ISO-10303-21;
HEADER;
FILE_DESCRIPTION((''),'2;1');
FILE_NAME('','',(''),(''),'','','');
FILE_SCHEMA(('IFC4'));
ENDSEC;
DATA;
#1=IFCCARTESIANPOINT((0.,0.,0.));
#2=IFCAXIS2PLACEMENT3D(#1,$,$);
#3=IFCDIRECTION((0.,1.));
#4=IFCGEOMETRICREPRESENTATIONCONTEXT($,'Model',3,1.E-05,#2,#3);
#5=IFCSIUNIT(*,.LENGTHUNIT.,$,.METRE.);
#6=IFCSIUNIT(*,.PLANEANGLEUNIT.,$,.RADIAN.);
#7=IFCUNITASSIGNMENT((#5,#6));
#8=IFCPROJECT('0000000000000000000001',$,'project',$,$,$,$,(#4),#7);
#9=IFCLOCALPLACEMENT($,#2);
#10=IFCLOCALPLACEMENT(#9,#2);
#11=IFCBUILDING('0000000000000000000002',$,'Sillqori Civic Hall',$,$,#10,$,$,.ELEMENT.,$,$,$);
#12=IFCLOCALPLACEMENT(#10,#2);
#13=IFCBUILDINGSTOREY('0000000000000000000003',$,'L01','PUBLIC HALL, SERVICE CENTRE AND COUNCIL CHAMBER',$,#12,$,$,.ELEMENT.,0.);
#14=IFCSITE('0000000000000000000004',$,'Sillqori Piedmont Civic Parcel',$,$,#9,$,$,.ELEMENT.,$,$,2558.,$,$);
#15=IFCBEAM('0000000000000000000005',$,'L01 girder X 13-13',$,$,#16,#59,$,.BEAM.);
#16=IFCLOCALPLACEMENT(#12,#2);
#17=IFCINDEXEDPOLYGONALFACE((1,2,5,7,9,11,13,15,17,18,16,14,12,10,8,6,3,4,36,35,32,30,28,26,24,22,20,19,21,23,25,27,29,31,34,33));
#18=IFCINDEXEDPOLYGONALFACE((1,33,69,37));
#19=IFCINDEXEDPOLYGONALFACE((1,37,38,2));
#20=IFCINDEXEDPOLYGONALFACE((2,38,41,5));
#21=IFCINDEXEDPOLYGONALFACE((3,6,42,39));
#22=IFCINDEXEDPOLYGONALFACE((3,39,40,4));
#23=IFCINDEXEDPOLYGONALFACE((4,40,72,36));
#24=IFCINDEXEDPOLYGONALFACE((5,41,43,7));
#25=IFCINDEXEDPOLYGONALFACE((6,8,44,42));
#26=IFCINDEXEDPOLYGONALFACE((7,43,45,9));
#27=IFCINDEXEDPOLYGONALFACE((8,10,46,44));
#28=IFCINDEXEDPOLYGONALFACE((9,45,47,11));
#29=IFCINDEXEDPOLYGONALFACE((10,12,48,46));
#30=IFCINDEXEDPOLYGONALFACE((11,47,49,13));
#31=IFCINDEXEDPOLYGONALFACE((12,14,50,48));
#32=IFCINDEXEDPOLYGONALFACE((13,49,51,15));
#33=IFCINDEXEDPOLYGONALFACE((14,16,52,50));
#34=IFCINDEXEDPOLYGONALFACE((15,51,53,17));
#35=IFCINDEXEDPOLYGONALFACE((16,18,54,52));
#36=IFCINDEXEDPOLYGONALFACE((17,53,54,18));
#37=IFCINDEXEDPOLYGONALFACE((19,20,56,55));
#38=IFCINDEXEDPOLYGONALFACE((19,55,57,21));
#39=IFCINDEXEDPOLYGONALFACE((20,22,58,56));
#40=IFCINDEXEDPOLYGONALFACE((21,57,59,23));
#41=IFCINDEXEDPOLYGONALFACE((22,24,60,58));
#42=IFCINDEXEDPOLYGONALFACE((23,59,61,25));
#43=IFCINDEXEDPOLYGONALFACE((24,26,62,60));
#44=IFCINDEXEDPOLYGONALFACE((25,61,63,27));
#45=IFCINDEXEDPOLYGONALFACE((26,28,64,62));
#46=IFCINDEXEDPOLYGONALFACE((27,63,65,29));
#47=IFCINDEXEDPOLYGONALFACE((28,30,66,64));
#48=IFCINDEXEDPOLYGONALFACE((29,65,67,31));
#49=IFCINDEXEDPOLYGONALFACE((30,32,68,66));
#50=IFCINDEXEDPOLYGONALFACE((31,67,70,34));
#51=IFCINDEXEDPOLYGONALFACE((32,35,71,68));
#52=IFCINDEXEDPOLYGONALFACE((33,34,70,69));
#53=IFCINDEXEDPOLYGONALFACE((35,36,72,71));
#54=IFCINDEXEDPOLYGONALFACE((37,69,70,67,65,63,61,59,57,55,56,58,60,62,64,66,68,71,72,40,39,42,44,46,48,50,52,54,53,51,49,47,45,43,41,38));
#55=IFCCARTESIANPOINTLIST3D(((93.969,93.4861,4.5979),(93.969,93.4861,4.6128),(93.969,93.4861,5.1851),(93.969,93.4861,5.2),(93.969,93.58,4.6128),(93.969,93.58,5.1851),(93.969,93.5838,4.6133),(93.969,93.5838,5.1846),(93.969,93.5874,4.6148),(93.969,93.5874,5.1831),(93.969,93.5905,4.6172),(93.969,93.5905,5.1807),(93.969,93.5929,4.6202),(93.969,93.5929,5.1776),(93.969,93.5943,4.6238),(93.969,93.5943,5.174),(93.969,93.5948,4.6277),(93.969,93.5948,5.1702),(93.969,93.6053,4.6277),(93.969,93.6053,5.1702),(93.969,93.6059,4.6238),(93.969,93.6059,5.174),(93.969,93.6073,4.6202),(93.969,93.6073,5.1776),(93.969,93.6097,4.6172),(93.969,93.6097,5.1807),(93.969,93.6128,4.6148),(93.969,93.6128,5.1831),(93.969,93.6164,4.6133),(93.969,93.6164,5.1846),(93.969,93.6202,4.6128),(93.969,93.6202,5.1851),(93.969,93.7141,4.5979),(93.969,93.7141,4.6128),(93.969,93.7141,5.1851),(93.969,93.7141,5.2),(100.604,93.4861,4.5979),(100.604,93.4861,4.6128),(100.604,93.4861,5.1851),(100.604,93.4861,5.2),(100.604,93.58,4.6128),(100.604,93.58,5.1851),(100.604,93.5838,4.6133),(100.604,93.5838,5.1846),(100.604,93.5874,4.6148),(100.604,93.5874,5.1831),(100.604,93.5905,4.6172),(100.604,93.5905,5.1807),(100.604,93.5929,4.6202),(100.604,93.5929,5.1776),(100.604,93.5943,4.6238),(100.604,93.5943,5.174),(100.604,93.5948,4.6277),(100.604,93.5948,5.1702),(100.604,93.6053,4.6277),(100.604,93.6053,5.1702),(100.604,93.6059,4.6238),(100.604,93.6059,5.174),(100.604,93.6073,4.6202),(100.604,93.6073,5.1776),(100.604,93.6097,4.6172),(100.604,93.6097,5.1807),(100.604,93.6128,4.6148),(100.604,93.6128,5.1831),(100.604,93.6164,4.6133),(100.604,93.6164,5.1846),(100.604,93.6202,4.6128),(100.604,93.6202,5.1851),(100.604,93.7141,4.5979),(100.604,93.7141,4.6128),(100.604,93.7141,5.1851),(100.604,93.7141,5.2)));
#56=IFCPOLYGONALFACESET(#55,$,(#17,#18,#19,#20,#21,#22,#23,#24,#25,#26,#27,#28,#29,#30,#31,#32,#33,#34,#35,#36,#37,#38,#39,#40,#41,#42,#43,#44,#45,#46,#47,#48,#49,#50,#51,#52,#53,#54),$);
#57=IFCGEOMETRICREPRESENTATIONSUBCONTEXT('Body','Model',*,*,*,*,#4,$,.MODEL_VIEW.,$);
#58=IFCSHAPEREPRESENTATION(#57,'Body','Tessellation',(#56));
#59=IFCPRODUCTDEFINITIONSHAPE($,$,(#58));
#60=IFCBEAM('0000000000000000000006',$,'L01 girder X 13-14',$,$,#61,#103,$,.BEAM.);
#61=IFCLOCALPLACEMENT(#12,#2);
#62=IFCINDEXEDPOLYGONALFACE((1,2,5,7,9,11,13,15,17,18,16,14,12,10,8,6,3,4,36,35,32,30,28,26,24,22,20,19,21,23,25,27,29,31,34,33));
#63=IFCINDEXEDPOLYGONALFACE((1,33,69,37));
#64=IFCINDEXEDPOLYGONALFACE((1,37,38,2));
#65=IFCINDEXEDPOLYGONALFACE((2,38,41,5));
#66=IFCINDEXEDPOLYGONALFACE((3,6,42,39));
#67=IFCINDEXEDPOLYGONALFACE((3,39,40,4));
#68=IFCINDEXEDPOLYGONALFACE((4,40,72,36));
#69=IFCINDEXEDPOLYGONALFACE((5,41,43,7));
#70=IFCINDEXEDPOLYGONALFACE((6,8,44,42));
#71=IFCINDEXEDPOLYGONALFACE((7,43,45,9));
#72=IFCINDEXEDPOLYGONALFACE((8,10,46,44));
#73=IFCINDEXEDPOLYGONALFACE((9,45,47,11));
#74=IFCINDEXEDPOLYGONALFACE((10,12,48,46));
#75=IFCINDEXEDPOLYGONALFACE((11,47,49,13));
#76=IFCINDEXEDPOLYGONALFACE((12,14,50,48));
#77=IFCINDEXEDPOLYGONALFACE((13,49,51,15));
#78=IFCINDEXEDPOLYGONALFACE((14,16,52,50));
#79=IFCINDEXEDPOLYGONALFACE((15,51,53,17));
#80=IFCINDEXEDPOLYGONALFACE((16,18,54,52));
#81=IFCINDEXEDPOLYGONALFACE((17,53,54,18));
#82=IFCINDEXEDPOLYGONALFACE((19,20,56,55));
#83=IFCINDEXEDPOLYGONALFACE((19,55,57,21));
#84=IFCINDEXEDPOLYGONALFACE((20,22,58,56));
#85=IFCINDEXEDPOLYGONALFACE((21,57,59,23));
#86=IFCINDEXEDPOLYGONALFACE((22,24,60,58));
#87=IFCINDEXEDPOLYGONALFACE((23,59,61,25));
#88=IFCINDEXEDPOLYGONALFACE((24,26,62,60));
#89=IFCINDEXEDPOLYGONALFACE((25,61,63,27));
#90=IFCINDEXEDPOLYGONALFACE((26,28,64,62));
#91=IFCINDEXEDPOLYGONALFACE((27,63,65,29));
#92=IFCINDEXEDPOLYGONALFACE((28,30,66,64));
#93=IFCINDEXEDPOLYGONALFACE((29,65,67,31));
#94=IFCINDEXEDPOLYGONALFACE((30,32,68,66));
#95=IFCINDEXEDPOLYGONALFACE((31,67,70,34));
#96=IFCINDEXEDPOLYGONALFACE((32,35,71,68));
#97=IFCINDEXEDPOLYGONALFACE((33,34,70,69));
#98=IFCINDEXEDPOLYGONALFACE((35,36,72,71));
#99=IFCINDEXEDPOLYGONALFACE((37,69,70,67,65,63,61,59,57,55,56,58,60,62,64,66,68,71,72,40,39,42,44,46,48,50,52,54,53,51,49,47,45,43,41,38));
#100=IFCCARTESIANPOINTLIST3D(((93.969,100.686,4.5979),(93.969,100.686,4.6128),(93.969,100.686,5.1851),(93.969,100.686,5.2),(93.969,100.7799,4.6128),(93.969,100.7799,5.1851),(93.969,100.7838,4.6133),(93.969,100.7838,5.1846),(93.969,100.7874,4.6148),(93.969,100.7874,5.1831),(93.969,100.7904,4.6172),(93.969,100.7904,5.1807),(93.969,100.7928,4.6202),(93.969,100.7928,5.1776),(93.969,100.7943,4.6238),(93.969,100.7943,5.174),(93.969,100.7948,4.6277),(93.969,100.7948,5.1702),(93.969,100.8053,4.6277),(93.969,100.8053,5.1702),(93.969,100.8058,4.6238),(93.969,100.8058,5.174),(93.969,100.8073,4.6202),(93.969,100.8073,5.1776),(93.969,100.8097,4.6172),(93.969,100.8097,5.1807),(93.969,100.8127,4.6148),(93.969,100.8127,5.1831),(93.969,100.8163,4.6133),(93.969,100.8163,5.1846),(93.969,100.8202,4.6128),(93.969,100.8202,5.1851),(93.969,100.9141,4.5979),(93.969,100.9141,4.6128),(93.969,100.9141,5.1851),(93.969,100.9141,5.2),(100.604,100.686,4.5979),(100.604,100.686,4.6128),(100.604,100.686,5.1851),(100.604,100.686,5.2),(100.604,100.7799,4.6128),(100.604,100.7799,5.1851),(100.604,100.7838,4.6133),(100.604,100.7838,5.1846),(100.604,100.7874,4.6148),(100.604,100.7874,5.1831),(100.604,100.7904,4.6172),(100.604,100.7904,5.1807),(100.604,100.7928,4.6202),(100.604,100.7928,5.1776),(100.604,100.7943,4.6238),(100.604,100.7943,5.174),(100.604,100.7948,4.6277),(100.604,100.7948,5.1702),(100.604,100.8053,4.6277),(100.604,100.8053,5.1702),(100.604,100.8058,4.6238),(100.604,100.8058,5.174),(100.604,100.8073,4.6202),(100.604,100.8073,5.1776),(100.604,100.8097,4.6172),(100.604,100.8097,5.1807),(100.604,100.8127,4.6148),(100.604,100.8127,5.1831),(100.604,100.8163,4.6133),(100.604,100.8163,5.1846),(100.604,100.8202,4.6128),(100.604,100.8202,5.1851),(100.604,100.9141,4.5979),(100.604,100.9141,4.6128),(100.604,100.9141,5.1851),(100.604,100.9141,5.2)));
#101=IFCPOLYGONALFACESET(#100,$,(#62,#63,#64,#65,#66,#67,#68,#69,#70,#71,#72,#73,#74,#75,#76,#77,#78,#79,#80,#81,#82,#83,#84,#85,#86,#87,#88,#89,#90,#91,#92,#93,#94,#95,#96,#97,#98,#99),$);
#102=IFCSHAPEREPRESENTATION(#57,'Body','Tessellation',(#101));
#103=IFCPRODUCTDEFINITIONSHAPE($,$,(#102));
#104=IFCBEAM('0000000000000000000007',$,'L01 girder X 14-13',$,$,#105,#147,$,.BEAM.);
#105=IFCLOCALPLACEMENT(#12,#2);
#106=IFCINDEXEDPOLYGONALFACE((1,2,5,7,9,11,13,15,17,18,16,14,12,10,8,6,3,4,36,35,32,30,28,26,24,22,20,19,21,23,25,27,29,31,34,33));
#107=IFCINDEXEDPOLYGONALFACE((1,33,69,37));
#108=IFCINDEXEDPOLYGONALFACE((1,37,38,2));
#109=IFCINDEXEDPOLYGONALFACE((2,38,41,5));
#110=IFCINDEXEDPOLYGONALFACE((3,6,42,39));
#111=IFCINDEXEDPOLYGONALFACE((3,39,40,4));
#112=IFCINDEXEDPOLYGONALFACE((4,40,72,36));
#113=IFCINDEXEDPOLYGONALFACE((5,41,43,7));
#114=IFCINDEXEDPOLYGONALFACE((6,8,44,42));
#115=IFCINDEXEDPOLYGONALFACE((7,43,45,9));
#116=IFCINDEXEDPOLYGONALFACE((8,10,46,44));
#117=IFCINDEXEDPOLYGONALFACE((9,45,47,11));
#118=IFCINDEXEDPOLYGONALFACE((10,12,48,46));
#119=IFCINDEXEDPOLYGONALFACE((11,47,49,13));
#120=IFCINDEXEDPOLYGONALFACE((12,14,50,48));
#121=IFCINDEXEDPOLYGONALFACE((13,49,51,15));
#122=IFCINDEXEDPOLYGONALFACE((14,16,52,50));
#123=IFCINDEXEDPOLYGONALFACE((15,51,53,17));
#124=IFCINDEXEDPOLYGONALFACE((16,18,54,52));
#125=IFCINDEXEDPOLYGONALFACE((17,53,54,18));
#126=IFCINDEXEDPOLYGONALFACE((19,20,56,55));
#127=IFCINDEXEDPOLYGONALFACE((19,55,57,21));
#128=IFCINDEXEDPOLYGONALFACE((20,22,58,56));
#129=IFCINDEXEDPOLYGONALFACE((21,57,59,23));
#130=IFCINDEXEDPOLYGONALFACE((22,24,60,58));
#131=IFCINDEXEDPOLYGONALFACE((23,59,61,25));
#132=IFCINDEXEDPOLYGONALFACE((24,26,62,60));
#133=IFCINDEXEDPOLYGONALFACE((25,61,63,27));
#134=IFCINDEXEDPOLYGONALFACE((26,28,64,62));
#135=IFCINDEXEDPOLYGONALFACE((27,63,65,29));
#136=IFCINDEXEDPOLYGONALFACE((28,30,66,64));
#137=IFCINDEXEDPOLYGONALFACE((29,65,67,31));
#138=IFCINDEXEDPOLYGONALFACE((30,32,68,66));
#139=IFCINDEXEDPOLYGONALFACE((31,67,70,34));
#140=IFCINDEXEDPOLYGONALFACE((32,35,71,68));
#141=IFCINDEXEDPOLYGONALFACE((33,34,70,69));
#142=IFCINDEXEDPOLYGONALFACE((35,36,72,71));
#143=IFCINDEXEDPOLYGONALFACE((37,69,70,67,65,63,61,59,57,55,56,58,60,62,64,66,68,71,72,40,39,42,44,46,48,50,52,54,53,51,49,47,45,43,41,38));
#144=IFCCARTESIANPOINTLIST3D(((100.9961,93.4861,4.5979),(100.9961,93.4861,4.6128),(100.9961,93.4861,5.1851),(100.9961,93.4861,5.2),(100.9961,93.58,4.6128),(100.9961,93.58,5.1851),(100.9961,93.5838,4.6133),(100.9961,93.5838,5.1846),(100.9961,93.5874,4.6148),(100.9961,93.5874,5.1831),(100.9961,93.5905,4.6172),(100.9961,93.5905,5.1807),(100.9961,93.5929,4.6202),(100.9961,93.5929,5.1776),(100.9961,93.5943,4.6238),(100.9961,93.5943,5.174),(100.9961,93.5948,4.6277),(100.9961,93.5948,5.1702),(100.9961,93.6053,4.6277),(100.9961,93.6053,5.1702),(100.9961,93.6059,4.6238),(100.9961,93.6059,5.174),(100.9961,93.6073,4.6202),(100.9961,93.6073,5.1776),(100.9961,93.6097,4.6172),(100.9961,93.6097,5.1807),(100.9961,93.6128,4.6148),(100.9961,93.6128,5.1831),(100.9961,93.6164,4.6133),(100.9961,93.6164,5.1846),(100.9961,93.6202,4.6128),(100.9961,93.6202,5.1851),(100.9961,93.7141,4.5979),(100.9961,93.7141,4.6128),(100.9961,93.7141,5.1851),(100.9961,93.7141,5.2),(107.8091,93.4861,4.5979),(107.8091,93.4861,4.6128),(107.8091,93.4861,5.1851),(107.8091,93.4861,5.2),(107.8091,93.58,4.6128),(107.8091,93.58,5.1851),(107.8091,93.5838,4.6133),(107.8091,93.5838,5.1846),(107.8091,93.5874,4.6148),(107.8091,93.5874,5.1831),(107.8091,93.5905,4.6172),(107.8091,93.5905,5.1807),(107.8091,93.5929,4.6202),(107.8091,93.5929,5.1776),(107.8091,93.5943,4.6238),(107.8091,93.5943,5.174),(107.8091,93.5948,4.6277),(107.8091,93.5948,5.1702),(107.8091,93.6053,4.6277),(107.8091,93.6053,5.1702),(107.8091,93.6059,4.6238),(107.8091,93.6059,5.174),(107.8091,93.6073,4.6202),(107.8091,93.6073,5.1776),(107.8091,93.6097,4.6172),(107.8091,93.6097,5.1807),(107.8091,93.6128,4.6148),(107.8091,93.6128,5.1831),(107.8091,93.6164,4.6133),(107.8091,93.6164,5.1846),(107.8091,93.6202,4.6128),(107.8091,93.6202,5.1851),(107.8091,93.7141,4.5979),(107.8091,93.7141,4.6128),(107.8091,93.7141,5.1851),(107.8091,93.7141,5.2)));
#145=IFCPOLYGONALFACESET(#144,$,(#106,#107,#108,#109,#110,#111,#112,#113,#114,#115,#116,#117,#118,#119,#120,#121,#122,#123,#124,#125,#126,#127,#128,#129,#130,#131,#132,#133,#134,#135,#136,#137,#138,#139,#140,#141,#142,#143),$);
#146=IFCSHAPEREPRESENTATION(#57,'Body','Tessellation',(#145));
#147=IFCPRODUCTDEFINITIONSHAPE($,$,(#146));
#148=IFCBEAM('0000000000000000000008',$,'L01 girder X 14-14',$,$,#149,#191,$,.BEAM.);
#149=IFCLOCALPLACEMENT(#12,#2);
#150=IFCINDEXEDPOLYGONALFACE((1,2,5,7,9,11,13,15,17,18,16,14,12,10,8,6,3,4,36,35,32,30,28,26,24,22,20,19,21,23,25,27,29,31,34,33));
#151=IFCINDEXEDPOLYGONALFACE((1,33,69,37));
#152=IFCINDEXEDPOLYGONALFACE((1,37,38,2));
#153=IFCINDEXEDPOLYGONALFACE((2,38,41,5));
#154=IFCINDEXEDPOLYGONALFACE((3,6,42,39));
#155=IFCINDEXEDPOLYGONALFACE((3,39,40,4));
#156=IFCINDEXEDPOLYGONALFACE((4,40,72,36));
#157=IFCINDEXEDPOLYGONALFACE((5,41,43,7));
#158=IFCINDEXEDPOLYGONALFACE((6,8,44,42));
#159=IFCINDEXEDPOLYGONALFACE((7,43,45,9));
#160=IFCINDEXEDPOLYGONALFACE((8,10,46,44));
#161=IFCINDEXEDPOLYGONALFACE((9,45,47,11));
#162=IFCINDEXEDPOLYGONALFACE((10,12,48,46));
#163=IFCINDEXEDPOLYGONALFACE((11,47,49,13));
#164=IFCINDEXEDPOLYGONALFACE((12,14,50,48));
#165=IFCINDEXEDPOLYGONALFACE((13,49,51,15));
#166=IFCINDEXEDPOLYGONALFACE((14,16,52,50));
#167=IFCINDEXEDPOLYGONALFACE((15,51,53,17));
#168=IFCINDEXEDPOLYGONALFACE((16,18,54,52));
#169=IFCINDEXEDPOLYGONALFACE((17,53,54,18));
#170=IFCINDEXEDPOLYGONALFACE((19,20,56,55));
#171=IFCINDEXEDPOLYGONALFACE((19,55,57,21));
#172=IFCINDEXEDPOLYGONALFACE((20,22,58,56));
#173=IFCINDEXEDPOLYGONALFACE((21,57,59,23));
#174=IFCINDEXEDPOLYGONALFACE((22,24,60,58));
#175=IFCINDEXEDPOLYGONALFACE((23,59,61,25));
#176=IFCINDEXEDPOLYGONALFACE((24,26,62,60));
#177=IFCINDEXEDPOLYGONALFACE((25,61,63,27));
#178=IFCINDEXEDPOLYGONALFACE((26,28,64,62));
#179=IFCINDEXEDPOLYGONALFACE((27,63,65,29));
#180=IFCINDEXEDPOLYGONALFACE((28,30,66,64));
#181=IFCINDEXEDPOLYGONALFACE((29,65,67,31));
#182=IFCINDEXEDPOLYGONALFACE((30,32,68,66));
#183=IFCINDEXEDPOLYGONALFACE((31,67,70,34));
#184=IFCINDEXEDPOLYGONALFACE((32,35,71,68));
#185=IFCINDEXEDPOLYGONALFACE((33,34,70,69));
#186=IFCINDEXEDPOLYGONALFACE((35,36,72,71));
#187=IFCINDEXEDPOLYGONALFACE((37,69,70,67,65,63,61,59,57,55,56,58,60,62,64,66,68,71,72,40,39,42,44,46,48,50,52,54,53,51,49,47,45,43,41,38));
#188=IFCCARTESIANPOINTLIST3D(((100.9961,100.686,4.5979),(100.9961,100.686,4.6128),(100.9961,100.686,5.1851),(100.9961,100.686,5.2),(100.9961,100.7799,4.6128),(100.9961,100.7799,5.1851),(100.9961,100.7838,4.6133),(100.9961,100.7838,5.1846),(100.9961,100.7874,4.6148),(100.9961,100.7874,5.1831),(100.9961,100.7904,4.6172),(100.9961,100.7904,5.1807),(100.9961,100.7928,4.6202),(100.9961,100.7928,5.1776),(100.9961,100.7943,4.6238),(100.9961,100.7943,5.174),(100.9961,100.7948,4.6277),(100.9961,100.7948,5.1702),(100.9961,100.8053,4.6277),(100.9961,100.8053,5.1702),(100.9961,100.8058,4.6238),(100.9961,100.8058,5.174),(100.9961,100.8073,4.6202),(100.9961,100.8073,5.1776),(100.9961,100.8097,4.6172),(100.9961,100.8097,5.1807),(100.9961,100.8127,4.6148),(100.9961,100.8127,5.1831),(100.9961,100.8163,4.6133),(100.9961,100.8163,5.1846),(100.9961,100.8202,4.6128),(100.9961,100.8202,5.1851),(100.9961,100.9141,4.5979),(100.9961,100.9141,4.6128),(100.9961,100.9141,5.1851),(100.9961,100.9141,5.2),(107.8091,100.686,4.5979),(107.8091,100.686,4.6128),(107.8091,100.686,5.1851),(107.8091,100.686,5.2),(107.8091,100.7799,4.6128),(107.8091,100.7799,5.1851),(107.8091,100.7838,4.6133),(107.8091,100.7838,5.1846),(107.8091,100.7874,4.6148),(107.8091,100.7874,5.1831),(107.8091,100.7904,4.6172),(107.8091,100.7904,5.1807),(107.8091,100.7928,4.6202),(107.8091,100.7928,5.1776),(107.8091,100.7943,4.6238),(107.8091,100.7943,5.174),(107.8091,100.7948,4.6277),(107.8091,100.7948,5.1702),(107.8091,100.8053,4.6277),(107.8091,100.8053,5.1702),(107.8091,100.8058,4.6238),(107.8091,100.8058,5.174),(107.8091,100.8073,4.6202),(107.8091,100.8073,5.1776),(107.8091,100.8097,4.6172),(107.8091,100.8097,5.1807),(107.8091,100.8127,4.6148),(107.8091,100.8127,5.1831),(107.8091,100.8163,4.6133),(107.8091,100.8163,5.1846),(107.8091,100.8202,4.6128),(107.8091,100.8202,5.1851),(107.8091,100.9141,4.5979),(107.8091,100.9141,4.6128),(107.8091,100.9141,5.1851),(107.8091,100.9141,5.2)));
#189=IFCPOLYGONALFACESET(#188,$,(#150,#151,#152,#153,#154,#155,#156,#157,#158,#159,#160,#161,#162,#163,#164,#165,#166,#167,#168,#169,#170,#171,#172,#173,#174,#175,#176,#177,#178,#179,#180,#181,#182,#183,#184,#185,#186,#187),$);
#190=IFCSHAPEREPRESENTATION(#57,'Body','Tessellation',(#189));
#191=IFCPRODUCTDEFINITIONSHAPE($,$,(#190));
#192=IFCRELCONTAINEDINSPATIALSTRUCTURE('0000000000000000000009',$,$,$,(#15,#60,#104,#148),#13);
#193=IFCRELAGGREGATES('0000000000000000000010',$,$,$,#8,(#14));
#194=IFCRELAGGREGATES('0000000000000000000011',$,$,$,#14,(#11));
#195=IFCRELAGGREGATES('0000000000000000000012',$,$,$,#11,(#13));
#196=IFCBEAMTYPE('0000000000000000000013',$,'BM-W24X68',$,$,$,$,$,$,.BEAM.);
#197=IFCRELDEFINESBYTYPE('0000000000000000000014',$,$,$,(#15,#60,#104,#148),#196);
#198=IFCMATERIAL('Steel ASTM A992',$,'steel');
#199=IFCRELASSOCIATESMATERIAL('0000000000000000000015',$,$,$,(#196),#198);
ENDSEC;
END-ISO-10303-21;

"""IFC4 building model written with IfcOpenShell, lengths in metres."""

from ifc_helpers import new_model, si_unit, direction, frame, origin, origin_2d, place, context, subcontext, project, spatial, i_section, extrude, material, material_profile, profile_set, type_object, element, save


model = new_model("IFC4")

# Units and contexts
model_context = context("Model", 3, precision=1e-05, world=origin(), true_north=direction((0.0, 1.0)))
body_context = subcontext(model_context, "Body", "Model", "MODEL_VIEW")
ifc_project = project(units=[si_unit("LENGTHUNIT", "METRE"), si_unit("PLANEANGLEUNIT", "RADIAN")], contexts=[model_context])

# Site, building, storey
site_placement = place(None, origin())
site = spatial("IfcSite", under=ifc_project, at=site_placement, Name="Sillqori Piedmont Civic Parcel", CompositionType="ELEMENT", RefElevation=2558.0)
building_placement = place(site_placement, origin())
building = spatial("IfcBuilding", under=site, at=building_placement, Name="Sillqori Civic Hall", CompositionType="ELEMENT")
storey_placement = place(building_placement, origin())
storey = spatial("IfcBuildingStorey", under=building, at=storey_placement, Name="L01", Description="PUBLIC HALL, SERVICE CENTRE AND COUNCIL CHAMBER", CompositionType="ELEMENT", Elevation=0.0)

# Shared definitions
ifc_material_1 = material(Name="Steel ASTM A992", Category="steel")

# Beams
ifc_material_profile_1 = material_profile(ifc_material_1, i_section(OverallWidth=0.228, OverallDepth=0.6021, WebThickness=0.0105, FlangeThickness=0.0149, FilletRadius=0.0149, at=origin_2d()), Name="W24X68")
ifc_profile_set_1 = profile_set([ifc_material_profile_1], Name="Steel ASTM A992")
beam_type_1 = type_object("IfcBeamType", Name="BM-W24X68", PredefinedType="BEAM", material=ifc_profile_set_1)
for number, where, z_axis, x_axis, name in (
    (1, (93.969, 93.6001, 4.8989), (1.0, 0.0, 0.0), (0.0, 1.0, 0.0), "L01 girder X 13-13"),
    (2, (93.969, 100.8, 4.8989), (1.0, 0.0, 0.0), (0.0, 1.0, 0.0), "L01 girder X 13-14"),
):
    element("IfcBeam", number, at=place(storey_placement, frame(where, z_axis=z_axis, x_axis=x_axis)), inside=storey, type_object=beam_type_1, Name=name, PredefinedType="BEAM", context=body_context, shape_type="SweptSolid", body=[
        extrude(i_section(OverallWidth=0.228, OverallDepth=0.6021, WebThickness=0.0105, FlangeThickness=0.0149, FilletRadius=0.0149, at=origin_2d()), origin(), (0.0, 0.0, 1.0), 6.635),
    ])
for number, where, z_axis, x_axis, name in (
    (3, (100.9961, 93.6001, 4.8989), (1.0, 0.0, 0.0), (0.0, 1.0, 0.0), "L01 girder X 14-13"),
    (4, (100.9961, 100.8, 4.8989), (1.0, 0.0, 0.0), (0.0, 1.0, 0.0), "L01 girder X 14-14"),
):
    element("IfcBeam", number, at=place(storey_placement, frame(where, z_axis=z_axis, x_axis=x_axis)), inside=storey, type_object=beam_type_1, Name=name, PredefinedType="BEAM", context=body_context, shape_type="SweptSolid", body=[
        extrude(i_section(OverallWidth=0.228, OverallDepth=0.6021, WebThickness=0.0105, FlangeThickness=0.0149, FilletRadius=0.0149, at=origin_2d()), origin(), (0.0, 0.0, 1.0), 6.813),
    ])

save(model, "model.ifc")
